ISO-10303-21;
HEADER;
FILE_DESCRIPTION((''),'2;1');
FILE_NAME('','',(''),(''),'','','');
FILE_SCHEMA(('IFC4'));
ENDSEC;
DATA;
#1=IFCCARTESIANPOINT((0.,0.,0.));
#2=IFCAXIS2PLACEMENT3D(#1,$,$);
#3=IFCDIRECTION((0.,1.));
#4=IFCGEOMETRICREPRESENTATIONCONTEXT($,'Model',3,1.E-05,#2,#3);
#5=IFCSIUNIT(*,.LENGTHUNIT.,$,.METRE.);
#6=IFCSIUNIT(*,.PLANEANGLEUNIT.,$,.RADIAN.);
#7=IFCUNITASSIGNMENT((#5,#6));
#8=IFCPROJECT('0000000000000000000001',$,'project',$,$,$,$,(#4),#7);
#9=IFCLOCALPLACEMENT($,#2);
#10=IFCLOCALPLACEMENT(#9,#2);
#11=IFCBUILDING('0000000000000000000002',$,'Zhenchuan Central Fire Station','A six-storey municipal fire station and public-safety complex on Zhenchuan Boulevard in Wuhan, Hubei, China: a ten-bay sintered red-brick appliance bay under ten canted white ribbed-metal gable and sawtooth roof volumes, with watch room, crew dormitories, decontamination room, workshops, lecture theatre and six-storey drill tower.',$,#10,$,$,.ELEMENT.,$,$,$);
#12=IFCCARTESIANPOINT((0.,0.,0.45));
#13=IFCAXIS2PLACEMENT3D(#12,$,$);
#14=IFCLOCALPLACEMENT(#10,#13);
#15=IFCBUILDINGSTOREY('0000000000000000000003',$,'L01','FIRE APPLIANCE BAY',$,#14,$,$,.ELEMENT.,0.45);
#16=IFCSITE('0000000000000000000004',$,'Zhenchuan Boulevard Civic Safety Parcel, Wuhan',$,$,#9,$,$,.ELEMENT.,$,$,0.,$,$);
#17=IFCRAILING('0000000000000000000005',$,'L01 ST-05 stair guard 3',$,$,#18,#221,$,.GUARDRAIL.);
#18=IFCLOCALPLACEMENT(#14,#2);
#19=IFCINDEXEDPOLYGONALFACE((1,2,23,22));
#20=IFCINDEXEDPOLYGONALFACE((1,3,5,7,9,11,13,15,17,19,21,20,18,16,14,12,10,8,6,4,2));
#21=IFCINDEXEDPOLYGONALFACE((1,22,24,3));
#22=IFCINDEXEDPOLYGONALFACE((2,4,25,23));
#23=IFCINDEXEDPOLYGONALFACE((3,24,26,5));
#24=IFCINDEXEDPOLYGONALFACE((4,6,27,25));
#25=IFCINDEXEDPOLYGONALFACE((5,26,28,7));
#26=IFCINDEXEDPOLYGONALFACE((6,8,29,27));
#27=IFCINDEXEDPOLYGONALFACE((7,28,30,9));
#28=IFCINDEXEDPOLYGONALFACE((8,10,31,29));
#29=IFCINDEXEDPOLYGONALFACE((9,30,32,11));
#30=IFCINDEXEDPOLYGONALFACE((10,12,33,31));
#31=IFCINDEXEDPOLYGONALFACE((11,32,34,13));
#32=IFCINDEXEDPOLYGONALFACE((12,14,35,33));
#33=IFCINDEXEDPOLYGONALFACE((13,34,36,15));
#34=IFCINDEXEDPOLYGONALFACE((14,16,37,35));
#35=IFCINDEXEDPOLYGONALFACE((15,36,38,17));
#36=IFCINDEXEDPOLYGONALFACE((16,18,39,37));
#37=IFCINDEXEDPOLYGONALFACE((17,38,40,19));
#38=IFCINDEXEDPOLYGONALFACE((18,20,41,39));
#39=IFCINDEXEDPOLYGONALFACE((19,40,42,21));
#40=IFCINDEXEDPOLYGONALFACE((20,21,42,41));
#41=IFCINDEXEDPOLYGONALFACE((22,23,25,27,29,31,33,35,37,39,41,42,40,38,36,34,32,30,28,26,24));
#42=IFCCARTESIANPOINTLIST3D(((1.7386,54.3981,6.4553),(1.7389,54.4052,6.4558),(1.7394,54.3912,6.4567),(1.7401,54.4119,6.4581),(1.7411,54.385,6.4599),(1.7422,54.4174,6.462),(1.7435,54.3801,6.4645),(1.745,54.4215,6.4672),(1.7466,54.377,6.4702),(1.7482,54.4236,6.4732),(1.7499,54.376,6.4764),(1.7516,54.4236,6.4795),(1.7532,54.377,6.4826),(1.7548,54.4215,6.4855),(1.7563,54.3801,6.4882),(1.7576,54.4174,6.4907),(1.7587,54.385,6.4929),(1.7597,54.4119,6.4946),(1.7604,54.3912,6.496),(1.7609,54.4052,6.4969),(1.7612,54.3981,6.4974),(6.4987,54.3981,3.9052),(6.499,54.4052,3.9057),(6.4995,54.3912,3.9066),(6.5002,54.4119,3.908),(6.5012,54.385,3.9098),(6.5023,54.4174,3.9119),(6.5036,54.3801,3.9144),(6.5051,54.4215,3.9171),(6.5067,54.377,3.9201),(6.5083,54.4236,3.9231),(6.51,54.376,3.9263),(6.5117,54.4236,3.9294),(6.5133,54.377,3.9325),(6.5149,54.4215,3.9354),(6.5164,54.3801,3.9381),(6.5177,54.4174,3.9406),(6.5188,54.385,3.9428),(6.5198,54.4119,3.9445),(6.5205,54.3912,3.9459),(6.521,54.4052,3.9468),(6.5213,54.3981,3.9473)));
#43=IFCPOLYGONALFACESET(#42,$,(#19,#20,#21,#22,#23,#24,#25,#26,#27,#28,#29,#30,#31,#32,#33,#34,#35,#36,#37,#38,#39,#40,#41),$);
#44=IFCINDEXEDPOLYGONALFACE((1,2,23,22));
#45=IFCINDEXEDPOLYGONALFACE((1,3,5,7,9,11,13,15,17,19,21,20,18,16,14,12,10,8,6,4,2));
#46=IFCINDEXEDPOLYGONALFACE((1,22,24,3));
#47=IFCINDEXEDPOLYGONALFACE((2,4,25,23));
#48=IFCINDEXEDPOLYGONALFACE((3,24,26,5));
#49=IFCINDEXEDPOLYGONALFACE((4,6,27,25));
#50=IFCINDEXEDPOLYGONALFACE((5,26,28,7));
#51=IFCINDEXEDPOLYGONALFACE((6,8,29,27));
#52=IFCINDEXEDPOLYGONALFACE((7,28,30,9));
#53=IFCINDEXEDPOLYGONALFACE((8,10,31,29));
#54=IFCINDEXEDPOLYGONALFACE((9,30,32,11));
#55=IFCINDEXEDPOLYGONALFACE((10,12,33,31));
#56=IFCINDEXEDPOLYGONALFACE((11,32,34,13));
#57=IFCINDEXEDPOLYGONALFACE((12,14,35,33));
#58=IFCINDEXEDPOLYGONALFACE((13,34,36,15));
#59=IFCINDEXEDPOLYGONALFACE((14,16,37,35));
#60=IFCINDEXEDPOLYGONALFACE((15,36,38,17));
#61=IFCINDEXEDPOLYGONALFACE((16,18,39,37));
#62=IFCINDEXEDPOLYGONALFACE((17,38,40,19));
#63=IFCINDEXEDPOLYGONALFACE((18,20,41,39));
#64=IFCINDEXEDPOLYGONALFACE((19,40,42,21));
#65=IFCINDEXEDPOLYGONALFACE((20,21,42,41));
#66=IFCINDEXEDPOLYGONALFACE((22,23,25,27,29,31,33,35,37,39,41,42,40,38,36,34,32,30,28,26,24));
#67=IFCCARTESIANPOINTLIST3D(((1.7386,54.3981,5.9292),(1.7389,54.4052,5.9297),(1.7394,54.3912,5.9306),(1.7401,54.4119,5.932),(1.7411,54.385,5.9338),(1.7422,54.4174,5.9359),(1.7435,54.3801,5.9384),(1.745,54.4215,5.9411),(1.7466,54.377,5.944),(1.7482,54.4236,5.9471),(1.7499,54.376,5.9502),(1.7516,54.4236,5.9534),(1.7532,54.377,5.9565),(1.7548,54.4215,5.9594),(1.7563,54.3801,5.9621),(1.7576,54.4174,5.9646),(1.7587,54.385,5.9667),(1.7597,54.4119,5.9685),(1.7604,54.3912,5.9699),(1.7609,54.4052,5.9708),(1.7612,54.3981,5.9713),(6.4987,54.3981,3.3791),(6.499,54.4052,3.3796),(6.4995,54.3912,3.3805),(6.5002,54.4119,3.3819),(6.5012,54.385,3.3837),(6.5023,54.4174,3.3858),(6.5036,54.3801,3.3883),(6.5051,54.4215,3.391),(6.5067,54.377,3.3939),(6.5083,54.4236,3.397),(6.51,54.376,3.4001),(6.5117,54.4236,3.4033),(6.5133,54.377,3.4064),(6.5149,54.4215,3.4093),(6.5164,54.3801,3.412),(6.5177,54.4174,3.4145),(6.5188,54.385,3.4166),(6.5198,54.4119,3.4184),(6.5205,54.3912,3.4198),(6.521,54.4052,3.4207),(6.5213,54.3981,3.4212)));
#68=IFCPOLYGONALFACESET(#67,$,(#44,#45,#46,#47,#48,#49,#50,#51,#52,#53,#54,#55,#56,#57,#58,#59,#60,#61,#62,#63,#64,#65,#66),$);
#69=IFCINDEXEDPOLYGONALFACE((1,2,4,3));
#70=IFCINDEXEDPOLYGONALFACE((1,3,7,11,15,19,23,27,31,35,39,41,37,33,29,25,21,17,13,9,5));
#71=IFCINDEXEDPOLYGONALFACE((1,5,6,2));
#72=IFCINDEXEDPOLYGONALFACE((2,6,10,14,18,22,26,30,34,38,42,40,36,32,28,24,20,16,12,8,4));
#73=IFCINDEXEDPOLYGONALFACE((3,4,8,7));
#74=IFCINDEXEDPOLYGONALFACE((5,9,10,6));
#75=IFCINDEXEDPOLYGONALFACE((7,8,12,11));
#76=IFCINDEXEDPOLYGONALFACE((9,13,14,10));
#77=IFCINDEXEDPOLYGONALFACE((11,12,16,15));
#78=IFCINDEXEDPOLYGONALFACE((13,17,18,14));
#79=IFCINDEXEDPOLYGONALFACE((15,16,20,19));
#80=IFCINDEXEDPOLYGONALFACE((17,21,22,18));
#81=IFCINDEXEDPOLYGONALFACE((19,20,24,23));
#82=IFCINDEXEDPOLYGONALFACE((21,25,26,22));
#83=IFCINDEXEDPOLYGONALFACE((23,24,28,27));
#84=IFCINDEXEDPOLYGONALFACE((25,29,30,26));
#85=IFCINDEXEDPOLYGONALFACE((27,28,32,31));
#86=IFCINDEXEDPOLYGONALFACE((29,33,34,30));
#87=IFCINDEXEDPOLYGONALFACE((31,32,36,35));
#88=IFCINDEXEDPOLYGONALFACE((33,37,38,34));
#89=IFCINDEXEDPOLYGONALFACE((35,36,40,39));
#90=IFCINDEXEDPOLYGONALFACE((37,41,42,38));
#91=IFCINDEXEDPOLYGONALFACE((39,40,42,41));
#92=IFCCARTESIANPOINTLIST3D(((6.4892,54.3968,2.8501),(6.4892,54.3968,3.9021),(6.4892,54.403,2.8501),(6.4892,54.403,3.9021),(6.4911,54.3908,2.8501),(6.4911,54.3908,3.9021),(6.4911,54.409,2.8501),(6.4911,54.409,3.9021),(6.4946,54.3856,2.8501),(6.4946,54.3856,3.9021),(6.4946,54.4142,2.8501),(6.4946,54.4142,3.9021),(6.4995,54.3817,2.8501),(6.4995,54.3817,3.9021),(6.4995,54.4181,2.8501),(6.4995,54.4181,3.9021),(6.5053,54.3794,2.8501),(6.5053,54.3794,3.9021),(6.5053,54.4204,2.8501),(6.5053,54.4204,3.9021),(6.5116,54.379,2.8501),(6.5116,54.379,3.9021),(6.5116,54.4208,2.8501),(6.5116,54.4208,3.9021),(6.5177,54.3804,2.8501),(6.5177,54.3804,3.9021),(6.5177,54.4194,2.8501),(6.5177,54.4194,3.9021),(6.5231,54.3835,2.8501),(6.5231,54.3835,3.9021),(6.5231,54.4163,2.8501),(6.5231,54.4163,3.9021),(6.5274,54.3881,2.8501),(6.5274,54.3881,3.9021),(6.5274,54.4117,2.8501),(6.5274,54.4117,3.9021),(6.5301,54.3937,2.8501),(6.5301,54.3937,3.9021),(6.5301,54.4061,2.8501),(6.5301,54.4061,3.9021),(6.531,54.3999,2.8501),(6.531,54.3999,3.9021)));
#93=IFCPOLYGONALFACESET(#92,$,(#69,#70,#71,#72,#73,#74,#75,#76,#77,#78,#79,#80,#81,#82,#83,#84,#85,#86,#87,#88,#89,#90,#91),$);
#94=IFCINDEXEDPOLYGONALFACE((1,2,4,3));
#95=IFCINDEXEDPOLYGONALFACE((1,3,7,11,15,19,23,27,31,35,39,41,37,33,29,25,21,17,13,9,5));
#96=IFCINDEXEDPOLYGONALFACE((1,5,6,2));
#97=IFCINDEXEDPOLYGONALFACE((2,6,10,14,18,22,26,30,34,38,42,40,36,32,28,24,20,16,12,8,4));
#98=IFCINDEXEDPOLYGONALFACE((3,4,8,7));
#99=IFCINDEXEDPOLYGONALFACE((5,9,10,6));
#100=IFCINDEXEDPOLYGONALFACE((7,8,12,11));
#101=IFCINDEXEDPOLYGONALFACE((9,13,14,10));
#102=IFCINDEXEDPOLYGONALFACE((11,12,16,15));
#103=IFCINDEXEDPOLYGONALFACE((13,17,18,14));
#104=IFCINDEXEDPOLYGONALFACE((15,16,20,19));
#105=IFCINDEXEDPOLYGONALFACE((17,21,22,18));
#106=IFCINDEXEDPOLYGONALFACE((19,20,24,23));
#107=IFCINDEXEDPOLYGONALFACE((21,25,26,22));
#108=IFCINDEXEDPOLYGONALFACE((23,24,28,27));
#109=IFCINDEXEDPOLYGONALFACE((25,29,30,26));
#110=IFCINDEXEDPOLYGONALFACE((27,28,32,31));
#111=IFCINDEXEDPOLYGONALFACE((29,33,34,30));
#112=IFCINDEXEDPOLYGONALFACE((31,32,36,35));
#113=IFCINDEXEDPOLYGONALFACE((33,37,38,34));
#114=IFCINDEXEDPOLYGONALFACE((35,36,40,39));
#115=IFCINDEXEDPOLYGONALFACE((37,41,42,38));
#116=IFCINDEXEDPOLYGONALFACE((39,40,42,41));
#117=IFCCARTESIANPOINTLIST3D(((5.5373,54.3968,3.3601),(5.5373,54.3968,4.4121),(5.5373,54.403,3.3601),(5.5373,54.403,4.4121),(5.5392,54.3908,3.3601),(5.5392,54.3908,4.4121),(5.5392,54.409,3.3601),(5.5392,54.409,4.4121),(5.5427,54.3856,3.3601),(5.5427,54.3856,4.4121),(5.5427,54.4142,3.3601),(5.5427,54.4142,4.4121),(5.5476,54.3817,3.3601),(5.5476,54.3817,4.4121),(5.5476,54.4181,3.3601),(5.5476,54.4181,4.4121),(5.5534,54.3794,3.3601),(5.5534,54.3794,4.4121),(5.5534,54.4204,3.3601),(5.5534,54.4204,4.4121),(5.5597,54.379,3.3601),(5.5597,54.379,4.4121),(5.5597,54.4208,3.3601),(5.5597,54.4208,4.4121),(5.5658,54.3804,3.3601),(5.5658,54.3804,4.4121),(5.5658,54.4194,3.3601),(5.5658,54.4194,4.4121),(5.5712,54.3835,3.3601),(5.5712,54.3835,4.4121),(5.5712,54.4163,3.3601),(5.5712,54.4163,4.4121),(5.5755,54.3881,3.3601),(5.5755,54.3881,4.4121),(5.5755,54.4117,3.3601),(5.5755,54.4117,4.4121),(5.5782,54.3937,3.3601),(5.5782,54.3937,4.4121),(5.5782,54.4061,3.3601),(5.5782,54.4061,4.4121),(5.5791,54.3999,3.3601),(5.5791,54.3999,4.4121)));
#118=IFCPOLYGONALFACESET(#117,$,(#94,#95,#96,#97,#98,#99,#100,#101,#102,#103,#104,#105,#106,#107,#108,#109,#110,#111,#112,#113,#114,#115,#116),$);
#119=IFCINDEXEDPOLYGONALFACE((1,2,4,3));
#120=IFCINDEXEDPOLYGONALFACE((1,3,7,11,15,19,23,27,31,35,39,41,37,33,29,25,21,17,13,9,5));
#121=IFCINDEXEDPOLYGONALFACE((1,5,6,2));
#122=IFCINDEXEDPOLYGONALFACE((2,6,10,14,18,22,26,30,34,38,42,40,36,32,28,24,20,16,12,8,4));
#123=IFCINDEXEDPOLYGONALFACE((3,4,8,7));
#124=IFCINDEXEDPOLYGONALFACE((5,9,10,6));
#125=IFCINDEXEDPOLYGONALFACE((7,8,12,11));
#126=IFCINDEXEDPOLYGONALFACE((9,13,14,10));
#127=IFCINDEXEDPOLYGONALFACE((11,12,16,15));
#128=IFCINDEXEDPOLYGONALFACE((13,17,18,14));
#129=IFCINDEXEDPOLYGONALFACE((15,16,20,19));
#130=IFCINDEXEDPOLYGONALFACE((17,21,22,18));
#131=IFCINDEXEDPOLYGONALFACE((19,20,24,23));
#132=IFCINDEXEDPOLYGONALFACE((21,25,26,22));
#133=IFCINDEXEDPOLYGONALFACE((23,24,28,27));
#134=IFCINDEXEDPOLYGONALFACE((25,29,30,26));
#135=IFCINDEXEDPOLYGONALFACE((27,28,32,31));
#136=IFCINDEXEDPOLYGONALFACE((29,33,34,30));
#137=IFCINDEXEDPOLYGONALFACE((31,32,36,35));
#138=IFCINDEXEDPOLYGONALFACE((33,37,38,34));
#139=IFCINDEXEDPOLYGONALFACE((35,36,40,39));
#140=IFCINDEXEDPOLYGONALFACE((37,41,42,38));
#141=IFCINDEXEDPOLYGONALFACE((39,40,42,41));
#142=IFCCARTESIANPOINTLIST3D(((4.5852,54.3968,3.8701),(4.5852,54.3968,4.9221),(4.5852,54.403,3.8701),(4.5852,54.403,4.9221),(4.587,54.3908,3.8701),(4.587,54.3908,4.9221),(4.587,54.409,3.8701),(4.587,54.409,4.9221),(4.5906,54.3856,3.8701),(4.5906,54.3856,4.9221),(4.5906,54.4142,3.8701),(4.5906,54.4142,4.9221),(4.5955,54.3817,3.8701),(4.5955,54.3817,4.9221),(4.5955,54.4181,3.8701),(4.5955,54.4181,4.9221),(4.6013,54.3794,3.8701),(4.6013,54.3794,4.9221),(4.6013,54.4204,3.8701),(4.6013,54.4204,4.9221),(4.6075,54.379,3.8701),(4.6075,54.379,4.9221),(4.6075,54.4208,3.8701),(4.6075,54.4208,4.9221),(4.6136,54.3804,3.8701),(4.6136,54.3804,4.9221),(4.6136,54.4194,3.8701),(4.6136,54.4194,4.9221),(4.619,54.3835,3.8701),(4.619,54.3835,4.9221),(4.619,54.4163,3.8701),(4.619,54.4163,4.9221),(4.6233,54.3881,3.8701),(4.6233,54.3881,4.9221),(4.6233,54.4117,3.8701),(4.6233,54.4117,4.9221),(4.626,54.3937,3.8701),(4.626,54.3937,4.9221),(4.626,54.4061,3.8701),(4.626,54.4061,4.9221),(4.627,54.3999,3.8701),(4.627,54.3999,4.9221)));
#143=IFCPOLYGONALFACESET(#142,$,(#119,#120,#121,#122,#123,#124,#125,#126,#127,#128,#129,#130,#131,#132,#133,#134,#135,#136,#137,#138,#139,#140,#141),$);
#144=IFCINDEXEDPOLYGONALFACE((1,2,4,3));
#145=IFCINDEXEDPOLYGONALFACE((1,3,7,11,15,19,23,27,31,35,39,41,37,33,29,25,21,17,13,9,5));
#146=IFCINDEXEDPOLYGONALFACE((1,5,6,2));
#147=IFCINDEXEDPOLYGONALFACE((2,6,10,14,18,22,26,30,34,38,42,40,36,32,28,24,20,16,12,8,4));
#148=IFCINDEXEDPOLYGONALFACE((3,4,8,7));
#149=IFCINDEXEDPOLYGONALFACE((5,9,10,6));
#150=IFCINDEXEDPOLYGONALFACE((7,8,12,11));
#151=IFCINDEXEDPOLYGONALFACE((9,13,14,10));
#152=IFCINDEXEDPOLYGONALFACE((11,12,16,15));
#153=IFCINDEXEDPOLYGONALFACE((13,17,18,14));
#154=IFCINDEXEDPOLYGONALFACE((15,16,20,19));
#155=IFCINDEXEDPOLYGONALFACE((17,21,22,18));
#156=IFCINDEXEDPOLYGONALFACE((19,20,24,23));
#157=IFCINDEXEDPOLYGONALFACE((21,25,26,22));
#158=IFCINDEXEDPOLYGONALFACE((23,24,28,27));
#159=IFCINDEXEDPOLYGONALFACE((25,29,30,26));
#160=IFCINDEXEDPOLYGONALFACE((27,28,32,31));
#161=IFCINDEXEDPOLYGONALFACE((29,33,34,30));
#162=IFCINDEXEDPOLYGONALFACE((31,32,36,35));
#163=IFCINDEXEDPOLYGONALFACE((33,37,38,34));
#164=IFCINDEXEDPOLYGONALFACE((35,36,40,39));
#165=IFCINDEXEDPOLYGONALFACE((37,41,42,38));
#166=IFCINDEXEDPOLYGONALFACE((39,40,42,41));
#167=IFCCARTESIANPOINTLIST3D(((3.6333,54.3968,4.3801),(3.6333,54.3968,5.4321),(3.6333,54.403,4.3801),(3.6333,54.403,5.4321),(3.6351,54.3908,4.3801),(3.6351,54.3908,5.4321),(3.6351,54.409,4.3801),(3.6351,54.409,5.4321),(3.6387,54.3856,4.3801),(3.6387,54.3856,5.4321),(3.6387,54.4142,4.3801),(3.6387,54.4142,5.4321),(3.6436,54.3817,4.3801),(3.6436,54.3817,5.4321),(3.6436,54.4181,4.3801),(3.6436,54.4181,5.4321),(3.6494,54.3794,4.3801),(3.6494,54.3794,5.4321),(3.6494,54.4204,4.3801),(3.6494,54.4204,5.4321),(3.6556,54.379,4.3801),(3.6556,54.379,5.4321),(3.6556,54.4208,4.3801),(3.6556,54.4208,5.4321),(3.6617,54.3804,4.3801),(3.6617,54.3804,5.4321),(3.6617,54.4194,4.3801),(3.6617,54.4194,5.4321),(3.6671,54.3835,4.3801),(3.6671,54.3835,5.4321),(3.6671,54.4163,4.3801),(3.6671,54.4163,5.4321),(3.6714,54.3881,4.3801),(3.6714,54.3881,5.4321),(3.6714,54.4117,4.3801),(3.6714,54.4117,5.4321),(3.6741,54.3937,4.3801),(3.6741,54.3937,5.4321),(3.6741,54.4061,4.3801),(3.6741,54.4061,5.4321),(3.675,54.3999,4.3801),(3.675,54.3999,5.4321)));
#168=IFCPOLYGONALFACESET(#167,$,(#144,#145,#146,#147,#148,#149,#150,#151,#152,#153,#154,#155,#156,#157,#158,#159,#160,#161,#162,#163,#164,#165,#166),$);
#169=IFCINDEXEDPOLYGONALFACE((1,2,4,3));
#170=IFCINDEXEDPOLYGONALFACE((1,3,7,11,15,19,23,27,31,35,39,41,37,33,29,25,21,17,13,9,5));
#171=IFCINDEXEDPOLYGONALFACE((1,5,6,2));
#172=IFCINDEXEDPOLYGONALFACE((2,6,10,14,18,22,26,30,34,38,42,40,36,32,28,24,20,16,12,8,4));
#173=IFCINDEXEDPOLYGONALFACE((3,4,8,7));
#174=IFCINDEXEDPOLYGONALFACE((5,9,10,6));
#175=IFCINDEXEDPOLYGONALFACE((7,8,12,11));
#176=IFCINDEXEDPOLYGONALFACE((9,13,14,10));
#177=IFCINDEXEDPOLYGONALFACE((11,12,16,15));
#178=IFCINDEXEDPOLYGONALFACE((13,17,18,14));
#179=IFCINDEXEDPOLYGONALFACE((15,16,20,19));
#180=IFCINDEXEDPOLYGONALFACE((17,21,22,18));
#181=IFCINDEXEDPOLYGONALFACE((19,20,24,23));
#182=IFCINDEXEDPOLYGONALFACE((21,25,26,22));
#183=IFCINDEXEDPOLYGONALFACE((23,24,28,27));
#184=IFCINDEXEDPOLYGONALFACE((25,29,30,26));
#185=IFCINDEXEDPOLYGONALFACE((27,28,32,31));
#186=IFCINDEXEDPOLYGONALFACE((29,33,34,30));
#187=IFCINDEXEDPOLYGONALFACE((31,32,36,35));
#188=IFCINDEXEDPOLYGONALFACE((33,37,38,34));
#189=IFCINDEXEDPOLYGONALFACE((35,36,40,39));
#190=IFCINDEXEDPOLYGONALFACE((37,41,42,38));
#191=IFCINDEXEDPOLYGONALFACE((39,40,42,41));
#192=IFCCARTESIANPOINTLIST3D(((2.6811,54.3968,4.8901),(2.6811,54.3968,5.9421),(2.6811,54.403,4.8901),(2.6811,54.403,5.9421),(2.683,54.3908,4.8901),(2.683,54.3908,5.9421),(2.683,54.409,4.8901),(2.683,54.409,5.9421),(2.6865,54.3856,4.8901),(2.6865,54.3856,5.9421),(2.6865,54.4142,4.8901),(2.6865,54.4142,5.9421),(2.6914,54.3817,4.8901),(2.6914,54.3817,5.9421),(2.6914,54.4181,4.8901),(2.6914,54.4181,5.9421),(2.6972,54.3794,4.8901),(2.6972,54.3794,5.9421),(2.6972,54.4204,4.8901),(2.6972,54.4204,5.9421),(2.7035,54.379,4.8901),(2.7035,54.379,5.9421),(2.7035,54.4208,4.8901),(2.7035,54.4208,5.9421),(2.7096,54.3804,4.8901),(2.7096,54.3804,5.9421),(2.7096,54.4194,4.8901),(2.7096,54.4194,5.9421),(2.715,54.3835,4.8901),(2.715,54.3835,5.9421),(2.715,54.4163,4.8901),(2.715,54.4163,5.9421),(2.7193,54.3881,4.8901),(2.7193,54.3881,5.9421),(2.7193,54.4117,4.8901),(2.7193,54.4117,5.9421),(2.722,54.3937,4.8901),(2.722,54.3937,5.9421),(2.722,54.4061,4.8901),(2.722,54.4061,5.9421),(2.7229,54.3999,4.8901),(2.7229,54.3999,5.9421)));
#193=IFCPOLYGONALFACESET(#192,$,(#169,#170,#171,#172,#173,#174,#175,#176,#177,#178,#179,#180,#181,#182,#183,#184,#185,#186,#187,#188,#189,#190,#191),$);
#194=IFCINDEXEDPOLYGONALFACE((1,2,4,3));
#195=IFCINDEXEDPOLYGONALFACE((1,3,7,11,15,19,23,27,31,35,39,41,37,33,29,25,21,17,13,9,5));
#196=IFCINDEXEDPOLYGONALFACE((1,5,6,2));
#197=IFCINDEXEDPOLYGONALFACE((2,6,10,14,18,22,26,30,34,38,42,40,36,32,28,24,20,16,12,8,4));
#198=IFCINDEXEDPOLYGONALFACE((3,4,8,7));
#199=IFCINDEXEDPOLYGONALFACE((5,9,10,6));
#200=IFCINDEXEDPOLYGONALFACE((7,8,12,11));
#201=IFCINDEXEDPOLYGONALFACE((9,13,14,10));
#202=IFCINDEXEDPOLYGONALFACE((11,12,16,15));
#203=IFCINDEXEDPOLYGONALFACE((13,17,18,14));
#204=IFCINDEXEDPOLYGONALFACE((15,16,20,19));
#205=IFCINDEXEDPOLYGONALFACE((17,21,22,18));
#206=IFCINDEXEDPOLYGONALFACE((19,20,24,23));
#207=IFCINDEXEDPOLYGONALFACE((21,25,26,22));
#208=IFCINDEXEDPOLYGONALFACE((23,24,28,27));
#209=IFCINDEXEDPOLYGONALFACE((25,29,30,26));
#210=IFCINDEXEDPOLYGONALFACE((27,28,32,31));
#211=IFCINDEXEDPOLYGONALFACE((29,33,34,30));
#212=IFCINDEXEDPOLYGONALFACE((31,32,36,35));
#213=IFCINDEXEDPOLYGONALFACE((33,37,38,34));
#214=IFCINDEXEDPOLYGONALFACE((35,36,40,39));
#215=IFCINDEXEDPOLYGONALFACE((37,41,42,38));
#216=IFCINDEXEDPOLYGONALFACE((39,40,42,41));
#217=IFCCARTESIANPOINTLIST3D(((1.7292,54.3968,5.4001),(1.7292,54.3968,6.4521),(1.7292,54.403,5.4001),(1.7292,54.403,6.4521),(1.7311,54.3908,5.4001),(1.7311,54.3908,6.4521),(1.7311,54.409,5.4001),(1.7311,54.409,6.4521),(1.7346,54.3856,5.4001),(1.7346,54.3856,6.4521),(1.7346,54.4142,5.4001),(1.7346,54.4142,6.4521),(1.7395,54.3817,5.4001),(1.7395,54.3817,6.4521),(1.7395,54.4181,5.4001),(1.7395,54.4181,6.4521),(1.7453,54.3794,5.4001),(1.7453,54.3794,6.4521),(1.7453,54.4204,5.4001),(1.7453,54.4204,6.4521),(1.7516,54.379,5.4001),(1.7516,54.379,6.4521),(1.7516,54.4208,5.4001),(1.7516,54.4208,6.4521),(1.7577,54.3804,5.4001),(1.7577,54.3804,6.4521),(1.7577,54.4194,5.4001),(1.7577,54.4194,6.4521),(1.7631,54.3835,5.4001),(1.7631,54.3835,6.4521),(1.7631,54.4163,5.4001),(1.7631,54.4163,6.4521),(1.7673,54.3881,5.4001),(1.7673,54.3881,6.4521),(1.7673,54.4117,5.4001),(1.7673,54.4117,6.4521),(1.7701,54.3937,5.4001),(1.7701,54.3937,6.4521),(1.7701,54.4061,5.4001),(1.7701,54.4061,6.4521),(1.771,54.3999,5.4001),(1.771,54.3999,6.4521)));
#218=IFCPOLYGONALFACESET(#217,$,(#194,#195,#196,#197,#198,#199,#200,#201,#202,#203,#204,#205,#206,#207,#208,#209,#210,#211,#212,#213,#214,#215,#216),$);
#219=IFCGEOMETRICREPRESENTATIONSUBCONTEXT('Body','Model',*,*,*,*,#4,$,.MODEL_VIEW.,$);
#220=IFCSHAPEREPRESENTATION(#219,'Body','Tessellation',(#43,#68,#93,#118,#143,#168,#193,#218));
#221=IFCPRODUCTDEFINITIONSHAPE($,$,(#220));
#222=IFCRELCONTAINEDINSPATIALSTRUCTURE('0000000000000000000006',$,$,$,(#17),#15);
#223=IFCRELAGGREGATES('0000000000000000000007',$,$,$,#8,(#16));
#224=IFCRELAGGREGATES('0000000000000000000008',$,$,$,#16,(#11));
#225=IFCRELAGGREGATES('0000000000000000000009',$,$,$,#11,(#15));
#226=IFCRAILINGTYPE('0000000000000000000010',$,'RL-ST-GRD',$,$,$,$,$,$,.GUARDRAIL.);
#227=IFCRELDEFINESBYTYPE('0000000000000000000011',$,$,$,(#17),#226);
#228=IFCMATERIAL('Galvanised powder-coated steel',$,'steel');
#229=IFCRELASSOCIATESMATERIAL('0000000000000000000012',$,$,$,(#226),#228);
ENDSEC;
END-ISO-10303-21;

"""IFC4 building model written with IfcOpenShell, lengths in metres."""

from ifc_helpers import new_model, si_unit, direction, frame, origin, origin_2d, place, context, subcontext, project, spatial, circle, extrude, material, type_object, element, save


model = new_model("IFC4")

# Units and contexts
model_context = context("Model", 3, precision=1e-05, world=origin(), true_north=direction((0.0, 1.0)))
body_context = subcontext(model_context, "Body", "Model", "MODEL_VIEW")
ifc_project = project(units=[si_unit("LENGTHUNIT", "METRE"), si_unit("PLANEANGLEUNIT", "RADIAN")], contexts=[model_context])

# Site, building, storey
site_placement = place(None, origin())
site = spatial("IfcSite", under=ifc_project, at=site_placement, Name="Zhenchuan Boulevard Civic Safety Parcel, Wuhan", CompositionType="ELEMENT", RefElevation=0.0)
building_placement = place(site_placement, origin())
building = spatial("IfcBuilding", under=site, at=building_placement, Name="Zhenchuan Central Fire Station", Description="A six-storey municipal fire station and public-safety complex on Zhenchuan Boulevard in Wuhan, Hubei, China: a ten-bay sintered red-brick appliance bay under ten canted white ribbed-metal gable and sawtooth roof volumes, with watch room, crew dormitories, decontamination room, workshops, lecture theatre and six-storey drill tower.", CompositionType="ELEMENT")
storey_placement = place(building_placement, frame((0.0, 0.0, 0.45)))
storey = spatial("IfcBuildingStorey", under=building, at=storey_placement, Name="L01", Description="FIRE APPLIANCE BAY", CompositionType="ELEMENT", Elevation=0.45)

# Railing
ifc_material_1 = material(Name="Galvanised powder-coated steel", Category="steel")
railing_type_1 = type_object("IfcRailingType", Name="RL-ST-GRD", PredefinedType="GUARDRAIL", material=ifc_material_1)
railing_1_placement = place(storey_placement, frame((6.51, 54.3999, 2.8501)))
element("IfcRailing", 1, at=railing_1_placement, inside=storey, type_object=railing_type_1, Name="L01 ST-05 stair guard 3", PredefinedType="GUARDRAIL", context=body_context, shape_type="SweptSolid", body=[
    extrude(circle(Radius=0.0239, at=origin_2d()), frame((0.0, 0.0, 1.0762), z_axis=(-0.881477, 0.0, 0.472228), x_axis=(0.0, -1.0, 0.0)), (0.0, 0.0, 1.0), 5.4001),
    extrude(circle(Radius=0.0239, at=origin_2d()), frame((0.0, 0.0, 0.55), z_axis=(-0.881477, 0.0, 0.472228), x_axis=(0.0, -1.0, 0.0)), (0.0, 0.0, 1.0), 5.4001),
    extrude(circle(Radius=0.021, at=origin_2d()), origin(), (0.0, 0.0, 1.0), 1.052),
    extrude(circle(Radius=0.021, at=origin_2d()), frame((-0.9519, 0.0, 0.51)), (0.0, 0.0, 1.0), 1.052),
    extrude(circle(Radius=0.021, at=origin_2d()), frame((-1.9041, 0.0, 1.02)), (0.0, 0.0, 1.0), 1.052),
    extrude(circle(Radius=0.021, at=origin_2d()), frame((-2.856, 0.0, 1.53)), (0.0, 0.0, 1.0), 1.052),
    extrude(circle(Radius=0.021, at=origin_2d()), frame((-3.8081, 0.0, 2.04)), (0.0, 0.0, 1.0), 1.052),
    extrude(circle(Radius=0.021, at=origin_2d()), frame((-4.76, 0.0, 2.55)), (0.0, 0.0, 1.0), 1.052),
])

save(model, "model.ifc")
